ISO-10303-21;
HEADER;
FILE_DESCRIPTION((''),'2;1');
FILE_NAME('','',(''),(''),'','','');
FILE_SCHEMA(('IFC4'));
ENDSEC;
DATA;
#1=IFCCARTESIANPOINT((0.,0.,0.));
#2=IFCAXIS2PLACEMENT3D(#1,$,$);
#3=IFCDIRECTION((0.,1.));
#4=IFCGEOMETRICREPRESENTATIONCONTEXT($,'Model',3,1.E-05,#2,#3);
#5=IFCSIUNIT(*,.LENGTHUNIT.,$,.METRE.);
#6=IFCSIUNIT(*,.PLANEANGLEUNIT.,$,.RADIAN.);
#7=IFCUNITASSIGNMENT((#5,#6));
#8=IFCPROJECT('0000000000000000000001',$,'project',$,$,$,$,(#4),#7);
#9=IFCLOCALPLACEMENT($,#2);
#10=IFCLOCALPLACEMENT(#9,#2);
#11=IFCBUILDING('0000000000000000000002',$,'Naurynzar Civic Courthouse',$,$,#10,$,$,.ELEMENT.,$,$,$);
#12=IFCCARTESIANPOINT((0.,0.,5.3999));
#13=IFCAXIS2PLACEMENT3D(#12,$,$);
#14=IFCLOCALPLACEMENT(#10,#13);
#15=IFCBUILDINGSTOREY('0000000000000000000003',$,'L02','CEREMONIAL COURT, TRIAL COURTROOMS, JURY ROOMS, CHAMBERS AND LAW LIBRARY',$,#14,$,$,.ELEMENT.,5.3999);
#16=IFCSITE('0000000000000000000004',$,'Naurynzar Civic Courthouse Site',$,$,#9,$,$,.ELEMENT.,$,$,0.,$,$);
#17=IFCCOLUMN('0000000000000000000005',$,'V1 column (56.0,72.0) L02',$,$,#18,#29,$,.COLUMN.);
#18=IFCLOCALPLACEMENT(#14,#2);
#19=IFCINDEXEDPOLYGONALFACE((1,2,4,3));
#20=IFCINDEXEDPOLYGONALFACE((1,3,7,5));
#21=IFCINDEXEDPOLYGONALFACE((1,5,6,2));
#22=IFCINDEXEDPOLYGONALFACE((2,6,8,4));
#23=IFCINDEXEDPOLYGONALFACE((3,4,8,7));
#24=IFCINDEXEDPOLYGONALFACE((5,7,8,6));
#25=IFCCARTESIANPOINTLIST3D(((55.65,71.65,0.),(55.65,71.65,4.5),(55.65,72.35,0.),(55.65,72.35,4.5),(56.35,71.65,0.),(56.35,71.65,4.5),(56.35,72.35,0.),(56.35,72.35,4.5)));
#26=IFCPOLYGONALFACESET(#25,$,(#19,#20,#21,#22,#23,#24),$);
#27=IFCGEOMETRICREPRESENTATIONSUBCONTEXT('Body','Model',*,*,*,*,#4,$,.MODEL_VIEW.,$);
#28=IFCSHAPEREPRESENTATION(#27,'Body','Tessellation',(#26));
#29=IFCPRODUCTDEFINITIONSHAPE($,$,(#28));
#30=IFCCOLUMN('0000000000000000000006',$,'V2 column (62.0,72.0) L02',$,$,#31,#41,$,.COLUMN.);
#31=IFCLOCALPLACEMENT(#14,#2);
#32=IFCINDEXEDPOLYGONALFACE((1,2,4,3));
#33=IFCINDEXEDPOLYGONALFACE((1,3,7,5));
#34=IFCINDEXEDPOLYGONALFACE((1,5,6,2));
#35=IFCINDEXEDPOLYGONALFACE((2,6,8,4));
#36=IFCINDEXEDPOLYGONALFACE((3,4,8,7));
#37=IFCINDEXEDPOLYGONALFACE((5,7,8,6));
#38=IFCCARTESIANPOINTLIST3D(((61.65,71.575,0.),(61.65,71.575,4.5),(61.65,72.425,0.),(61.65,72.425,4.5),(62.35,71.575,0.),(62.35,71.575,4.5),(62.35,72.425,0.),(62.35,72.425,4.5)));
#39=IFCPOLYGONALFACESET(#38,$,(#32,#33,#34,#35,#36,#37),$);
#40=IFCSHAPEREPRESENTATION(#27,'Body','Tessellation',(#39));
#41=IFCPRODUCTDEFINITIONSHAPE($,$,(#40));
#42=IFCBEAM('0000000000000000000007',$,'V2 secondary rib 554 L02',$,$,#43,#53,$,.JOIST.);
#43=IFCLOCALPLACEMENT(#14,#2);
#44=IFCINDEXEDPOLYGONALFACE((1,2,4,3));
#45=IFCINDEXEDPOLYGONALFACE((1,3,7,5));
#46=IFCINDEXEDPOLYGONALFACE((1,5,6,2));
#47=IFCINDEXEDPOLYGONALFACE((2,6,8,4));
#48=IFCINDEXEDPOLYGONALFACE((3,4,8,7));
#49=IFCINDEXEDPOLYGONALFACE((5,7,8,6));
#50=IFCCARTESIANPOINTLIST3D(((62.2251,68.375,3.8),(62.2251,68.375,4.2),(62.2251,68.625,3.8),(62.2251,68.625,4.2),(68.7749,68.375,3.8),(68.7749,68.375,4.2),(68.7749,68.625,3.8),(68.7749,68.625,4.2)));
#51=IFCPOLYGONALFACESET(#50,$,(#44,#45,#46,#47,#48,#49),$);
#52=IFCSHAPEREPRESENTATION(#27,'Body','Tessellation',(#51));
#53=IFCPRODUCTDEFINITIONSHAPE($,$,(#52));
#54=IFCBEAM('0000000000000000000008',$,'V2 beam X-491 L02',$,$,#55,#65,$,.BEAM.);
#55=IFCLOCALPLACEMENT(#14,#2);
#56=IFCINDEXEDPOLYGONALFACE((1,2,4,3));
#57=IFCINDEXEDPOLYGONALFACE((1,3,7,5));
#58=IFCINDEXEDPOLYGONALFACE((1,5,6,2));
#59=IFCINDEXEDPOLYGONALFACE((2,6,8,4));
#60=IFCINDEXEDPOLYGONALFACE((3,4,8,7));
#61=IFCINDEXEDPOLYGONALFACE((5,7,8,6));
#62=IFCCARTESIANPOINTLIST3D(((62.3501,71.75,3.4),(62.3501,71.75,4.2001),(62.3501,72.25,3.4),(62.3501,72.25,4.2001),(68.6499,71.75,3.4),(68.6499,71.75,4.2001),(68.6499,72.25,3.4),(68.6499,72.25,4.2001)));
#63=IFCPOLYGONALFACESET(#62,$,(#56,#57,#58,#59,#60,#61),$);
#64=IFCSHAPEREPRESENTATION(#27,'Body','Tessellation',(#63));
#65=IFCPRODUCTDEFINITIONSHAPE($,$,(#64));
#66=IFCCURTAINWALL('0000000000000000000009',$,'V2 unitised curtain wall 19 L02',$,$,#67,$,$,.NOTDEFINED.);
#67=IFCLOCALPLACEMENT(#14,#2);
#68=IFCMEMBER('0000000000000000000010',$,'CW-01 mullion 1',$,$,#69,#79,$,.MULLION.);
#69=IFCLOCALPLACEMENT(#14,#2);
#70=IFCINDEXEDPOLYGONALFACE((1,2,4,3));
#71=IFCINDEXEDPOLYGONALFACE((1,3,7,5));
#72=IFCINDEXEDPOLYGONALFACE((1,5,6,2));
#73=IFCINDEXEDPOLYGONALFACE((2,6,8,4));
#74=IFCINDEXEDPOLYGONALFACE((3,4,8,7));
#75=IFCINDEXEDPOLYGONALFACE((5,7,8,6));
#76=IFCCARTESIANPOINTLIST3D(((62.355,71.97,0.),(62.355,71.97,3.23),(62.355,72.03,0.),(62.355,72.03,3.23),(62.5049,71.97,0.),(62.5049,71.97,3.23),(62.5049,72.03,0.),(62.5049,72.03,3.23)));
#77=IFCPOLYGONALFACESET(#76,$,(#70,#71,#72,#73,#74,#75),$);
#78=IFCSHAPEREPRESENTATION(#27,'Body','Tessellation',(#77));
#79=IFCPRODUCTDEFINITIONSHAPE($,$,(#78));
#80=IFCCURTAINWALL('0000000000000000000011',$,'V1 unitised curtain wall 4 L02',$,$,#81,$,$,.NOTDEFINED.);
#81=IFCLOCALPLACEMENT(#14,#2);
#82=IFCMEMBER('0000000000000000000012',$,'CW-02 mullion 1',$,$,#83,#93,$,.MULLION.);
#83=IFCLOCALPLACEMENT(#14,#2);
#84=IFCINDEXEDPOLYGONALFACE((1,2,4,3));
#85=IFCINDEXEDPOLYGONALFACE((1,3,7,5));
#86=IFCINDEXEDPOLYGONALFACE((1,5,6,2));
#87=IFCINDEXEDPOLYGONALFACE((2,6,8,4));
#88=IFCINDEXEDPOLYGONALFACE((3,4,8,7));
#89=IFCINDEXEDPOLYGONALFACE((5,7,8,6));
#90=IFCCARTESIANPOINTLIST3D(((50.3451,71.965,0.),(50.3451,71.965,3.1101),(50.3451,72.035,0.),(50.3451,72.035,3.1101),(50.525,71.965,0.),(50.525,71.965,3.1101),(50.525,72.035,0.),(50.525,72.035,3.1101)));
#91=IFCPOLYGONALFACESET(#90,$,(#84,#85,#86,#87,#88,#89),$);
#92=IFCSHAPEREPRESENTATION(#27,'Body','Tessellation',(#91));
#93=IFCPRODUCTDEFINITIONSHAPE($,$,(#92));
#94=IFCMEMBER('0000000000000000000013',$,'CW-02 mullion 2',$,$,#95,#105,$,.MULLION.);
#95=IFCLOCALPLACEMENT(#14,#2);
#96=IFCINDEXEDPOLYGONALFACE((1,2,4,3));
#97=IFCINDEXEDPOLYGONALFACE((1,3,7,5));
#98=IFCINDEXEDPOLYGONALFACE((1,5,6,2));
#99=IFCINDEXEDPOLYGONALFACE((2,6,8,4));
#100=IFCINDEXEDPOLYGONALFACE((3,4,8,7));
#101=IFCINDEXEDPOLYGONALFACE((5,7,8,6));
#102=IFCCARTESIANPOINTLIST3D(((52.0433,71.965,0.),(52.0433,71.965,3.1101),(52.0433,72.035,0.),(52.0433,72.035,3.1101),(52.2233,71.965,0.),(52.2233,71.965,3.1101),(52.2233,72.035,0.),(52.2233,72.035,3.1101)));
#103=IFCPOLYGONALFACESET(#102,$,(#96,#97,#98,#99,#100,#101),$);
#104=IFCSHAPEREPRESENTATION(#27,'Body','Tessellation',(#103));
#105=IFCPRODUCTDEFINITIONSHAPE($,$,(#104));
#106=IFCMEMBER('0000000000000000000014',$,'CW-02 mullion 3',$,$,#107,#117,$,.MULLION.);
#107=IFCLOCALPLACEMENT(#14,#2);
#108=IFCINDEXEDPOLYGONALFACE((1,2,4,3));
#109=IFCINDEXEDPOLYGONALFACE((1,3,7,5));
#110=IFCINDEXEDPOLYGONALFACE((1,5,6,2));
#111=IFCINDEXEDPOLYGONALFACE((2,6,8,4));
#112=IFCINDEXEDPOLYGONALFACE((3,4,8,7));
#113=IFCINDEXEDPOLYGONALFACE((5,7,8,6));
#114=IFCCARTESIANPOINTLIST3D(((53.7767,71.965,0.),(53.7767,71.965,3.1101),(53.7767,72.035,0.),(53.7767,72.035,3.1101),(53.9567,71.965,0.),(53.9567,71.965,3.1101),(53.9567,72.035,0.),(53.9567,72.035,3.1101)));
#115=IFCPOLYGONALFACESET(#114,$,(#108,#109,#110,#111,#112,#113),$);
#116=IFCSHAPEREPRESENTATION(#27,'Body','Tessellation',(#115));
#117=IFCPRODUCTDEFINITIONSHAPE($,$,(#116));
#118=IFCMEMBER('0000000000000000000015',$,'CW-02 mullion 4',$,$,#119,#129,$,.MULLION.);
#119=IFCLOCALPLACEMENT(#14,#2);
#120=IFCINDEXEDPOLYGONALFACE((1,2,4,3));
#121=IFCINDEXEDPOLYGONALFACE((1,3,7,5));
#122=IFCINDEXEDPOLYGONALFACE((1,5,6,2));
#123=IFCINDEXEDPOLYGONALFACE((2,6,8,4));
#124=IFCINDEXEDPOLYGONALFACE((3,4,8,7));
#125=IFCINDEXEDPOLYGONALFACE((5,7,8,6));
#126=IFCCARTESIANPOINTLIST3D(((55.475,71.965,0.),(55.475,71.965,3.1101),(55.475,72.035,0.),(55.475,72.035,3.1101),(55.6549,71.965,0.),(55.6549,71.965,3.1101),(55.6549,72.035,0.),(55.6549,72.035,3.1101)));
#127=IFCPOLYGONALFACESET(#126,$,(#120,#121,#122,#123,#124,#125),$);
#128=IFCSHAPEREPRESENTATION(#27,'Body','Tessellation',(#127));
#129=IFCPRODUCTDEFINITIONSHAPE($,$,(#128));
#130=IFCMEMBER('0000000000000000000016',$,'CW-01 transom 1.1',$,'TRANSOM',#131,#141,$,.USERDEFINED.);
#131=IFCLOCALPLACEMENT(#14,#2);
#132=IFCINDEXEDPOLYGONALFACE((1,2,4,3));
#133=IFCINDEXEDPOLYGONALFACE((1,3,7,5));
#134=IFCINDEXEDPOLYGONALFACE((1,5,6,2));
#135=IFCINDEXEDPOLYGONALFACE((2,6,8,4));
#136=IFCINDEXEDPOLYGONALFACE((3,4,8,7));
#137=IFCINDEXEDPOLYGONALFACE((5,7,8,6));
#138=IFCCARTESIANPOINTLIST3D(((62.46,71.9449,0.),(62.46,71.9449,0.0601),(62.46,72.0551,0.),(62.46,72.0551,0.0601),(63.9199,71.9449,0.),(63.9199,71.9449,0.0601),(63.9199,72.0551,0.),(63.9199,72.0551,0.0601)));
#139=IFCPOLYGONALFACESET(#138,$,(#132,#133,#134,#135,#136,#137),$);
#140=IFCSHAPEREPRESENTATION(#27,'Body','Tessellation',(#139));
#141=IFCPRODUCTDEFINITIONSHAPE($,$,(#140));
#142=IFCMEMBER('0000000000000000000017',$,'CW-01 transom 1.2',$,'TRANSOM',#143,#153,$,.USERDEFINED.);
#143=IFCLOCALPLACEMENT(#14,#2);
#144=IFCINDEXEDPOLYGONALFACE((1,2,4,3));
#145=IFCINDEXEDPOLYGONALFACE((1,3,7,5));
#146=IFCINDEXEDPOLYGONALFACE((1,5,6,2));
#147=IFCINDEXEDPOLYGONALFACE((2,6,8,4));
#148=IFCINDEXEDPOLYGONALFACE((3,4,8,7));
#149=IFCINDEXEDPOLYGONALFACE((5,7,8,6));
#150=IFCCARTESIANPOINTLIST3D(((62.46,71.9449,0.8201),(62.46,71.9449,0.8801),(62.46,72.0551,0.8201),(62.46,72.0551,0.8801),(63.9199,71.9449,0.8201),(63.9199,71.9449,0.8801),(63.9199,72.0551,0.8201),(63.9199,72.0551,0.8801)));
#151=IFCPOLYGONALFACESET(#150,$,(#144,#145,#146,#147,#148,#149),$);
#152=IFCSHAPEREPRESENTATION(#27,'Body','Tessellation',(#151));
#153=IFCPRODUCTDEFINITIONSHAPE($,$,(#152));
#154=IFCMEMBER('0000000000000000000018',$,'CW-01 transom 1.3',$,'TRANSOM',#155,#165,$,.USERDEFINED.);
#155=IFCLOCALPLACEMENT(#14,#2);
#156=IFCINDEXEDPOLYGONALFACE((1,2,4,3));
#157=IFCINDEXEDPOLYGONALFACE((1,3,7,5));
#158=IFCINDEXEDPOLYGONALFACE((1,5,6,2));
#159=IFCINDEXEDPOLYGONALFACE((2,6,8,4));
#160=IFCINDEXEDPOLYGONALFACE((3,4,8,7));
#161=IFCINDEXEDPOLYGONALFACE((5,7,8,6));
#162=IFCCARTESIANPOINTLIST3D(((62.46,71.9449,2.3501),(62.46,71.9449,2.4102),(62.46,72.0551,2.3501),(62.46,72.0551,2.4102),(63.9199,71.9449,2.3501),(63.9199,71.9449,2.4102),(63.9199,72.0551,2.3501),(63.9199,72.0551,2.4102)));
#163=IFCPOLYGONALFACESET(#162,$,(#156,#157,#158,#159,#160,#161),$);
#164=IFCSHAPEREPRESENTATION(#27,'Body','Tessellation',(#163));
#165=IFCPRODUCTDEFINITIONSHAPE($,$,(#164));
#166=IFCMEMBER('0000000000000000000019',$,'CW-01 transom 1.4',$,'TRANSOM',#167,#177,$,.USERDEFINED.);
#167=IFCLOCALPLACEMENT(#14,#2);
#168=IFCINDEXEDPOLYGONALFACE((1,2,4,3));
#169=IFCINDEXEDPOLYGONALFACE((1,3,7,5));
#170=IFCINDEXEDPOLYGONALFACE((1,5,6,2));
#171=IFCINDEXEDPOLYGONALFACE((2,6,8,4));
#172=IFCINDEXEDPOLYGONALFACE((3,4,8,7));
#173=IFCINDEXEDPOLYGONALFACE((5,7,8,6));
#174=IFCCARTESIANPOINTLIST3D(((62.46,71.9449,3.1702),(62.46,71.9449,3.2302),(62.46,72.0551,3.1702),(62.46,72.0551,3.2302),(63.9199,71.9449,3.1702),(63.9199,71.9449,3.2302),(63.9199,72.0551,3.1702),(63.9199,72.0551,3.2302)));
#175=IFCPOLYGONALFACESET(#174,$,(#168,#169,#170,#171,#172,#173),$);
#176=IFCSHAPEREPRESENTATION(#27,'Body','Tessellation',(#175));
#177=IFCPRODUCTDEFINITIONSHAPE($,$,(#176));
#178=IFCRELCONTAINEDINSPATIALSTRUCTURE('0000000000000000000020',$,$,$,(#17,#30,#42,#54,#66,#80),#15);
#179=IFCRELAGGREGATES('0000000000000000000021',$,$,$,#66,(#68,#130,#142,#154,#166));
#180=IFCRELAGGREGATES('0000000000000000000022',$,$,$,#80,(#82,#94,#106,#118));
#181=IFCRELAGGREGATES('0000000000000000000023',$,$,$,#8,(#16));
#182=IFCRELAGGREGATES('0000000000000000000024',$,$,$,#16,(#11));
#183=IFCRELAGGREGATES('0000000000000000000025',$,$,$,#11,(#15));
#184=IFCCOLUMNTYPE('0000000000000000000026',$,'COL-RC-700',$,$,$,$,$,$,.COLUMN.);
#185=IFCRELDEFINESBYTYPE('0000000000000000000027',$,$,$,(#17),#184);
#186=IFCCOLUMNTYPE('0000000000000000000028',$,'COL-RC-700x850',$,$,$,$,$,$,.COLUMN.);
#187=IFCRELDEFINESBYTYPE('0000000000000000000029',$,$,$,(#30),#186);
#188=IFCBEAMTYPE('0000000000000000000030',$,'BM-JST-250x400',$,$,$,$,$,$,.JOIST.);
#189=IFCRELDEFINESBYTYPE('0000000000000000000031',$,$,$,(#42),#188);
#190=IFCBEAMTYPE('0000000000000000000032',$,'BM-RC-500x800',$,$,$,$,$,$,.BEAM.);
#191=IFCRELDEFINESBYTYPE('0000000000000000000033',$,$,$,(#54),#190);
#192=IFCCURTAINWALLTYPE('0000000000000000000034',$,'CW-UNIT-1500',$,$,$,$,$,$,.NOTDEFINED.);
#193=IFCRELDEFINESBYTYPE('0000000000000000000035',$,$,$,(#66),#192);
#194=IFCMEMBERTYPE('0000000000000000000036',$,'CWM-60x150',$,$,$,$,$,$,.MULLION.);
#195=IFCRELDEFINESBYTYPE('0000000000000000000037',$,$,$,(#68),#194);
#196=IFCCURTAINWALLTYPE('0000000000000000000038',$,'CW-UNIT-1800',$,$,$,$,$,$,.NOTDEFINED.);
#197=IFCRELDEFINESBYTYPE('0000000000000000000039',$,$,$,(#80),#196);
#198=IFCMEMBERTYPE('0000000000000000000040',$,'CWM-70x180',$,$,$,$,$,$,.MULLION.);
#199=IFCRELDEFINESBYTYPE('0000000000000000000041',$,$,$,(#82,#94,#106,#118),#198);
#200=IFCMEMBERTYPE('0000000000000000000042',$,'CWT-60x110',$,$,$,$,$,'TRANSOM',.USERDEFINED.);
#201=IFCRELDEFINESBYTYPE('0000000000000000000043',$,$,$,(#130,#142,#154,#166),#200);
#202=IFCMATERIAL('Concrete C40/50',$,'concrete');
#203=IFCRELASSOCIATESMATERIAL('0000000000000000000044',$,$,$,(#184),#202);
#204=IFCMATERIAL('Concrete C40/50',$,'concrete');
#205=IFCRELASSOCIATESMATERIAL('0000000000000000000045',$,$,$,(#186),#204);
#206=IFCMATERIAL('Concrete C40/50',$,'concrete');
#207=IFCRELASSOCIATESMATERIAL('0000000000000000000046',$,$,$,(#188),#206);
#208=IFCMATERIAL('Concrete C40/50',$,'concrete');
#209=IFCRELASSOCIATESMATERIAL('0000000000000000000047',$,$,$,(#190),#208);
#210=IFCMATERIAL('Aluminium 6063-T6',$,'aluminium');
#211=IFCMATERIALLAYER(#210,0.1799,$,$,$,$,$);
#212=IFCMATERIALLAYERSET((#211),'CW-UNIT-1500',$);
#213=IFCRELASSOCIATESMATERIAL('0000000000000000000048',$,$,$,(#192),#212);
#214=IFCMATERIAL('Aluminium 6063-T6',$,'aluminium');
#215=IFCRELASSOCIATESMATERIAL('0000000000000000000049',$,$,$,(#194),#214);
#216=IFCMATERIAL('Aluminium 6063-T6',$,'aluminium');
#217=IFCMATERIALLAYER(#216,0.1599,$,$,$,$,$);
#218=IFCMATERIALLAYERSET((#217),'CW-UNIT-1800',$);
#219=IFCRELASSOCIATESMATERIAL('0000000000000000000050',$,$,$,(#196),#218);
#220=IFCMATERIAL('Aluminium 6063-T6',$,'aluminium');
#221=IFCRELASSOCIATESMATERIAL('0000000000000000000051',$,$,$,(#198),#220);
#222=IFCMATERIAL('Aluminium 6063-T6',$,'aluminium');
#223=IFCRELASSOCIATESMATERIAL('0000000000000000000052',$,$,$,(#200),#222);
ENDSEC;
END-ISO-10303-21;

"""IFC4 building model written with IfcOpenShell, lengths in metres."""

from ifc_helpers import new_model, si_unit, direction, frame, origin, origin_2d, place, context, subcontext, project, spatial, rectangle, extrude, material, layer, layer_set, material_profile, profile_set, type_object, element, aggregate, save


model = new_model("IFC4")

# Units and contexts
model_context = context("Model", 3, precision=1e-05, world=origin(), true_north=direction((0.0, 1.0)))
body_context = subcontext(model_context, "Body", "Model", "MODEL_VIEW")
ifc_project = project(units=[si_unit("LENGTHUNIT", "METRE"), si_unit("PLANEANGLEUNIT", "RADIAN")], contexts=[model_context])

# Site, building, storey
site_placement = place(None, origin())
site = spatial("IfcSite", under=ifc_project, at=site_placement, Name="Naurynzar Civic Courthouse Site", CompositionType="ELEMENT", RefElevation=0.0)
building_placement = place(site_placement, origin())
building = spatial("IfcBuilding", under=site, at=building_placement, Name="Naurynzar Civic Courthouse", CompositionType="ELEMENT")
storey_placement = place(building_placement, frame((0.0, 0.0, 5.3999)))
storey = spatial("IfcBuildingStorey", under=building, at=storey_placement, Name="L02", Description="CEREMONIAL COURT, TRIAL COURTROOMS, JURY ROOMS, CHAMBERS AND LAW LIBRARY", CompositionType="ELEMENT", Elevation=5.3999)

# Columns
ifc_material_1 = material(Name="Concrete C40/50", Category="concrete")
ifc_material_profile_1 = material_profile(ifc_material_1, rectangle(XDim=0.7, YDim=0.7, at=origin_2d()), Name="RC 700x700")
ifc_profile_set_1 = profile_set([ifc_material_profile_1], Name="Concrete C40/50")
column_type_1 = type_object("IfcColumnType", Name="COL-RC-700", PredefinedType="COLUMN", material=ifc_profile_set_1)
column_1_placement = place(storey_placement, frame((56.0, 72.0, 0.0), z_axis=(0.0, 0.0, 1.0), x_axis=(1.0, 0.0, 0.0)))
element("IfcColumn", 1, at=column_1_placement, inside=storey, type_object=column_type_1, Name="V1 column (56.0,72.0) L02", PredefinedType="COLUMN", context=body_context, shape_type="SweptSolid", body=[
    extrude(rectangle(XDim=0.7, YDim=0.7, at=origin_2d()), origin(), (0.0, 0.0, 1.0), 4.5),
])
ifc_material_2 = material(Name="Concrete C40/50", Category="concrete")
ifc_material_profile_2 = material_profile(ifc_material_2, rectangle(XDim=0.7, YDim=0.8501, at=origin_2d()), Name="RC 700x850")
ifc_profile_set_2 = profile_set([ifc_material_profile_2], Name="Concrete C40/50")
column_type_2 = type_object("IfcColumnType", Name="COL-RC-700x850", PredefinedType="COLUMN", material=ifc_profile_set_2)
column_2_placement = place(storey_placement, frame((62.0, 72.0, 0.0), z_axis=(0.0, 0.0, 1.0), x_axis=(1.0, 0.0, 0.0)))
element("IfcColumn", 2, at=column_2_placement, inside=storey, type_object=column_type_2, Name="V2 column (62.0,72.0) L02", PredefinedType="COLUMN", context=body_context, shape_type="SweptSolid", body=[
    extrude(rectangle(XDim=0.7, YDim=0.8501, at=origin_2d()), origin(), (0.0, 0.0, 1.0), 4.5),
])

# Beams
ifc_material_3 = material(Name="Concrete C40/50", Category="concrete")
ifc_material_profile_3 = material_profile(ifc_material_3, rectangle(XDim=0.25, YDim=0.3999, at=origin_2d()), Name="RCB 250x400")
ifc_profile_set_3 = profile_set([ifc_material_profile_3], Name="Concrete C40/50")
beam_type_1 = type_object("IfcBeamType", Name="BM-JST-250x400", PredefinedType="JOIST", material=ifc_profile_set_3)
beam_1_placement = place(storey_placement, frame((62.2251, 68.5, 4.0), z_axis=(1.0, 0.0, 0.0), x_axis=(0.0, 1.0, 0.0)))
element("IfcBeam", 3, at=beam_1_placement, inside=storey, type_object=beam_type_1, Name="V2 secondary rib 554 L02", PredefinedType="JOIST", context=body_context, shape_type="SweptSolid", body=[
    extrude(rectangle(XDim=0.25, YDim=0.3999, at=origin_2d()), origin(), (0.0, 0.0, 1.0), 6.5498),
])
ifc_material_4 = material(Name="Concrete C40/50", Category="concrete")
ifc_material_profile_4 = material_profile(ifc_material_4, rectangle(XDim=0.5, YDim=0.8, at=origin_2d()), Name="RCB 500x800")
ifc_profile_set_4 = profile_set([ifc_material_profile_4], Name="Concrete C40/50")
beam_type_2 = type_object("IfcBeamType", Name="BM-RC-500x800", PredefinedType="BEAM", material=ifc_profile_set_4)
beam_2_placement = place(storey_placement, frame((62.3501, 72.0, 3.8), z_axis=(1.0, 0.0, 0.0), x_axis=(0.0, 1.0, 0.0)))
element("IfcBeam", 4, at=beam_2_placement, inside=storey, type_object=beam_type_2, Name="V2 beam X-491 L02", PredefinedType="BEAM", context=body_context, shape_type="SweptSolid", body=[
    extrude(rectangle(XDim=0.5, YDim=0.8, at=origin_2d()), origin(), (0.0, 0.0, 1.0), 6.2998),
])

# Curtain wall, member
ifc_material_5 = material(Name="Aluminium 6063-T6", Category="aluminium")
ifc_layer_1 = layer(ifc_material_5, 0.1799)
ifc_layer_set_1 = layer_set([ifc_layer_1], Name="CW-UNIT-1500")
curtain_wall_type_1 = type_object("IfcCurtainWallType", Name="CW-UNIT-1500", PredefinedType="NOTDEFINED", material=ifc_layer_set_1)
curtain_wall_1_placement = place(storey_placement, origin())
curtain_wall_1 = element("IfcCurtainWall", 5, at=curtain_wall_1_placement, inside=storey, type_object=curtain_wall_type_1, Name="V2 unitised curtain wall 19 L02", PredefinedType="NOTDEFINED")
ifc_material_6 = material(Name="Aluminium 6063-T6", Category="aluminium")
ifc_material_profile_5 = material_profile(ifc_material_6, rectangle(XDim=0.0601, YDim=0.1499, at=origin_2d()), Name="ALU MULLION 60x150")
ifc_profile_set_5 = profile_set([ifc_material_profile_5], Name="Aluminium 6063-T6")
member_type_1 = type_object("IfcMemberType", Name="CWM-60x150", PredefinedType="MULLION", material=ifc_profile_set_5)
member_1_placement = place(storey_placement, frame((62.4299, 72.0, 0.0), z_axis=(0.0, 0.0, 1.0), x_axis=(0.0, 1.0, 0.0)))
member_1 = element("IfcMember", 6, at=member_1_placement, type_object=member_type_1, Name="CW-01 mullion 1", PredefinedType="MULLION", context=body_context, shape_type="SweptSolid", body=[
    extrude(rectangle(XDim=0.0601, YDim=0.1499, at=origin_2d()), origin(), (0.0, 0.0, 1.0), 3.23),
])

# Curtain wall, members
ifc_material_7 = material(Name="Aluminium 6063-T6", Category="aluminium")
ifc_layer_2 = layer(ifc_material_7, 0.1599)
ifc_layer_set_2 = layer_set([ifc_layer_2], Name="CW-UNIT-1800")
curtain_wall_type_2 = type_object("IfcCurtainWallType", Name="CW-UNIT-1800", PredefinedType="NOTDEFINED", material=ifc_layer_set_2)
curtain_wall_2_placement = place(storey_placement, origin())
curtain_wall_2 = element("IfcCurtainWall", 7, at=curtain_wall_2_placement, inside=storey, type_object=curtain_wall_type_2, Name="V1 unitised curtain wall 4 L02", PredefinedType="NOTDEFINED")
ifc_material_8 = material(Name="Aluminium 6063-T6", Category="aluminium")
ifc_material_profile_6 = material_profile(ifc_material_8, rectangle(XDim=0.0701, YDim=0.1799, at=origin_2d()), Name="ALU MULLION 70x180")
ifc_profile_set_6 = profile_set([ifc_material_profile_6], Name="Aluminium 6063-T6")
member_type_2 = type_object("IfcMemberType", Name="CWM-70x180", PredefinedType="MULLION", material=ifc_profile_set_6)
member_2_placement = place(storey_placement, frame((50.4351, 72.0, 0.0), z_axis=(0.0, 0.0, 1.0), x_axis=(0.0, 1.0, 0.0)))
member_2 = element("IfcMember", 8, at=member_2_placement, type_object=member_type_2, Name="CW-02 mullion 1", PredefinedType="MULLION", context=body_context, shape_type="SweptSolid", body=[
    extrude(rectangle(XDim=0.0701, YDim=0.1799, at=origin_2d()), origin(), (0.0, 0.0, 1.0), 3.1101),
])
member_3_placement = place(storey_placement, frame((52.1333, 72.0, 0.0), z_axis=(0.0, 0.0, 1.0), x_axis=(0.0, 1.0, 0.0)))
member_3 = element("IfcMember", 9, at=member_3_placement, type_object=member_type_2, Name="CW-02 mullion 2", PredefinedType="MULLION", context=body_context, shape_type="SweptSolid", body=[
    extrude(rectangle(XDim=0.0701, YDim=0.1799, at=origin_2d()), origin(), (0.0, 0.0, 1.0), 3.1101),
])
member_4_placement = place(storey_placement, frame((53.8667, 72.0, 0.0), z_axis=(0.0, 0.0, 1.0), x_axis=(0.0, 1.0, 0.0)))
member_4 = element("IfcMember", 10, at=member_4_placement, type_object=member_type_2, Name="CW-02 mullion 3", PredefinedType="MULLION", context=body_context, shape_type="SweptSolid", body=[
    extrude(rectangle(XDim=0.0701, YDim=0.1799, at=origin_2d()), origin(), (0.0, 0.0, 1.0), 3.1101),
])
member_5_placement = place(storey_placement, frame((55.5649, 72.0, 0.0), z_axis=(0.0, 0.0, 1.0), x_axis=(0.0, 1.0, 0.0)))
member_5 = element("IfcMember", 11, at=member_5_placement, type_object=member_type_2, Name="CW-02 mullion 4", PredefinedType="MULLION", context=body_context, shape_type="SweptSolid", body=[
    extrude(rectangle(XDim=0.0701, YDim=0.1799, at=origin_2d()), origin(), (0.0, 0.0, 1.0), 3.1101),
])

# Members
ifc_material_9 = material(Name="Aluminium 6063-T6", Category="aluminium")
ifc_material_profile_7 = material_profile(ifc_material_9, rectangle(XDim=0.1101, YDim=0.0601, at=origin_2d()), Name="ALU TRANSOM 60x110")
ifc_profile_set_7 = profile_set([ifc_material_profile_7], Name="Aluminium 6063-T6")
member_type_3 = type_object("IfcMemberType", Name="CWT-60x110", ElementType="TRANSOM", PredefinedType="USERDEFINED", material=ifc_profile_set_7)
member_6_placement = place(storey_placement, frame((62.46, 72.0, 0.03), z_axis=(1.0, 0.0, 0.0), x_axis=(0.0, 1.0, 0.0)))
member_6 = element("IfcMember", 12, at=member_6_placement, type_object=member_type_3, Name="CW-01 transom 1.1", ObjectType="TRANSOM", PredefinedType="USERDEFINED", context=body_context, shape_type="SweptSolid", body=[
    extrude(rectangle(XDim=0.1101, YDim=0.0601, at=origin_2d()), origin(), (0.0, 0.0, 1.0), 1.46),
])
member_7_placement = place(storey_placement, frame((62.46, 72.0, 0.8501), z_axis=(1.0, 0.0, 0.0), x_axis=(0.0, 1.0, 0.0)))
member_7 = element("IfcMember", 13, at=member_7_placement, type_object=member_type_3, Name="CW-01 transom 1.2", ObjectType="TRANSOM", PredefinedType="USERDEFINED", context=body_context, shape_type="SweptSolid", body=[
    extrude(rectangle(XDim=0.1101, YDim=0.0601, at=origin_2d()), origin(), (0.0, 0.0, 1.0), 1.46),
])
member_8_placement = place(storey_placement, frame((62.46, 72.0, 2.3801), z_axis=(1.0, 0.0, 0.0), x_axis=(0.0, 1.0, 0.0)))
member_8 = element("IfcMember", 14, at=member_8_placement, type_object=member_type_3, Name="CW-01 transom 1.3", ObjectType="TRANSOM", PredefinedType="USERDEFINED", context=body_context, shape_type="SweptSolid", body=[
    extrude(rectangle(XDim=0.1101, YDim=0.0601, at=origin_2d()), origin(), (0.0, 0.0, 1.0), 1.46),
])
member_9_placement = place(storey_placement, frame((62.46, 72.0, 3.2002), z_axis=(1.0, 0.0, 0.0), x_axis=(0.0, 1.0, 0.0)))
member_9 = element("IfcMember", 15, at=member_9_placement, type_object=member_type_3, Name="CW-01 transom 1.4", ObjectType="TRANSOM", PredefinedType="USERDEFINED", context=body_context, shape_type="SweptSolid", body=[
    extrude(rectangle(XDim=0.1101, YDim=0.0601, at=origin_2d()), origin(), (0.0, 0.0, 1.0), 1.46),
])
aggregate(curtain_wall_1, [member_1, member_6, member_7, member_8, member_9])

aggregate(curtain_wall_2, [member_2, member_3, member_4, member_5])

save(model, "model.ifc")
